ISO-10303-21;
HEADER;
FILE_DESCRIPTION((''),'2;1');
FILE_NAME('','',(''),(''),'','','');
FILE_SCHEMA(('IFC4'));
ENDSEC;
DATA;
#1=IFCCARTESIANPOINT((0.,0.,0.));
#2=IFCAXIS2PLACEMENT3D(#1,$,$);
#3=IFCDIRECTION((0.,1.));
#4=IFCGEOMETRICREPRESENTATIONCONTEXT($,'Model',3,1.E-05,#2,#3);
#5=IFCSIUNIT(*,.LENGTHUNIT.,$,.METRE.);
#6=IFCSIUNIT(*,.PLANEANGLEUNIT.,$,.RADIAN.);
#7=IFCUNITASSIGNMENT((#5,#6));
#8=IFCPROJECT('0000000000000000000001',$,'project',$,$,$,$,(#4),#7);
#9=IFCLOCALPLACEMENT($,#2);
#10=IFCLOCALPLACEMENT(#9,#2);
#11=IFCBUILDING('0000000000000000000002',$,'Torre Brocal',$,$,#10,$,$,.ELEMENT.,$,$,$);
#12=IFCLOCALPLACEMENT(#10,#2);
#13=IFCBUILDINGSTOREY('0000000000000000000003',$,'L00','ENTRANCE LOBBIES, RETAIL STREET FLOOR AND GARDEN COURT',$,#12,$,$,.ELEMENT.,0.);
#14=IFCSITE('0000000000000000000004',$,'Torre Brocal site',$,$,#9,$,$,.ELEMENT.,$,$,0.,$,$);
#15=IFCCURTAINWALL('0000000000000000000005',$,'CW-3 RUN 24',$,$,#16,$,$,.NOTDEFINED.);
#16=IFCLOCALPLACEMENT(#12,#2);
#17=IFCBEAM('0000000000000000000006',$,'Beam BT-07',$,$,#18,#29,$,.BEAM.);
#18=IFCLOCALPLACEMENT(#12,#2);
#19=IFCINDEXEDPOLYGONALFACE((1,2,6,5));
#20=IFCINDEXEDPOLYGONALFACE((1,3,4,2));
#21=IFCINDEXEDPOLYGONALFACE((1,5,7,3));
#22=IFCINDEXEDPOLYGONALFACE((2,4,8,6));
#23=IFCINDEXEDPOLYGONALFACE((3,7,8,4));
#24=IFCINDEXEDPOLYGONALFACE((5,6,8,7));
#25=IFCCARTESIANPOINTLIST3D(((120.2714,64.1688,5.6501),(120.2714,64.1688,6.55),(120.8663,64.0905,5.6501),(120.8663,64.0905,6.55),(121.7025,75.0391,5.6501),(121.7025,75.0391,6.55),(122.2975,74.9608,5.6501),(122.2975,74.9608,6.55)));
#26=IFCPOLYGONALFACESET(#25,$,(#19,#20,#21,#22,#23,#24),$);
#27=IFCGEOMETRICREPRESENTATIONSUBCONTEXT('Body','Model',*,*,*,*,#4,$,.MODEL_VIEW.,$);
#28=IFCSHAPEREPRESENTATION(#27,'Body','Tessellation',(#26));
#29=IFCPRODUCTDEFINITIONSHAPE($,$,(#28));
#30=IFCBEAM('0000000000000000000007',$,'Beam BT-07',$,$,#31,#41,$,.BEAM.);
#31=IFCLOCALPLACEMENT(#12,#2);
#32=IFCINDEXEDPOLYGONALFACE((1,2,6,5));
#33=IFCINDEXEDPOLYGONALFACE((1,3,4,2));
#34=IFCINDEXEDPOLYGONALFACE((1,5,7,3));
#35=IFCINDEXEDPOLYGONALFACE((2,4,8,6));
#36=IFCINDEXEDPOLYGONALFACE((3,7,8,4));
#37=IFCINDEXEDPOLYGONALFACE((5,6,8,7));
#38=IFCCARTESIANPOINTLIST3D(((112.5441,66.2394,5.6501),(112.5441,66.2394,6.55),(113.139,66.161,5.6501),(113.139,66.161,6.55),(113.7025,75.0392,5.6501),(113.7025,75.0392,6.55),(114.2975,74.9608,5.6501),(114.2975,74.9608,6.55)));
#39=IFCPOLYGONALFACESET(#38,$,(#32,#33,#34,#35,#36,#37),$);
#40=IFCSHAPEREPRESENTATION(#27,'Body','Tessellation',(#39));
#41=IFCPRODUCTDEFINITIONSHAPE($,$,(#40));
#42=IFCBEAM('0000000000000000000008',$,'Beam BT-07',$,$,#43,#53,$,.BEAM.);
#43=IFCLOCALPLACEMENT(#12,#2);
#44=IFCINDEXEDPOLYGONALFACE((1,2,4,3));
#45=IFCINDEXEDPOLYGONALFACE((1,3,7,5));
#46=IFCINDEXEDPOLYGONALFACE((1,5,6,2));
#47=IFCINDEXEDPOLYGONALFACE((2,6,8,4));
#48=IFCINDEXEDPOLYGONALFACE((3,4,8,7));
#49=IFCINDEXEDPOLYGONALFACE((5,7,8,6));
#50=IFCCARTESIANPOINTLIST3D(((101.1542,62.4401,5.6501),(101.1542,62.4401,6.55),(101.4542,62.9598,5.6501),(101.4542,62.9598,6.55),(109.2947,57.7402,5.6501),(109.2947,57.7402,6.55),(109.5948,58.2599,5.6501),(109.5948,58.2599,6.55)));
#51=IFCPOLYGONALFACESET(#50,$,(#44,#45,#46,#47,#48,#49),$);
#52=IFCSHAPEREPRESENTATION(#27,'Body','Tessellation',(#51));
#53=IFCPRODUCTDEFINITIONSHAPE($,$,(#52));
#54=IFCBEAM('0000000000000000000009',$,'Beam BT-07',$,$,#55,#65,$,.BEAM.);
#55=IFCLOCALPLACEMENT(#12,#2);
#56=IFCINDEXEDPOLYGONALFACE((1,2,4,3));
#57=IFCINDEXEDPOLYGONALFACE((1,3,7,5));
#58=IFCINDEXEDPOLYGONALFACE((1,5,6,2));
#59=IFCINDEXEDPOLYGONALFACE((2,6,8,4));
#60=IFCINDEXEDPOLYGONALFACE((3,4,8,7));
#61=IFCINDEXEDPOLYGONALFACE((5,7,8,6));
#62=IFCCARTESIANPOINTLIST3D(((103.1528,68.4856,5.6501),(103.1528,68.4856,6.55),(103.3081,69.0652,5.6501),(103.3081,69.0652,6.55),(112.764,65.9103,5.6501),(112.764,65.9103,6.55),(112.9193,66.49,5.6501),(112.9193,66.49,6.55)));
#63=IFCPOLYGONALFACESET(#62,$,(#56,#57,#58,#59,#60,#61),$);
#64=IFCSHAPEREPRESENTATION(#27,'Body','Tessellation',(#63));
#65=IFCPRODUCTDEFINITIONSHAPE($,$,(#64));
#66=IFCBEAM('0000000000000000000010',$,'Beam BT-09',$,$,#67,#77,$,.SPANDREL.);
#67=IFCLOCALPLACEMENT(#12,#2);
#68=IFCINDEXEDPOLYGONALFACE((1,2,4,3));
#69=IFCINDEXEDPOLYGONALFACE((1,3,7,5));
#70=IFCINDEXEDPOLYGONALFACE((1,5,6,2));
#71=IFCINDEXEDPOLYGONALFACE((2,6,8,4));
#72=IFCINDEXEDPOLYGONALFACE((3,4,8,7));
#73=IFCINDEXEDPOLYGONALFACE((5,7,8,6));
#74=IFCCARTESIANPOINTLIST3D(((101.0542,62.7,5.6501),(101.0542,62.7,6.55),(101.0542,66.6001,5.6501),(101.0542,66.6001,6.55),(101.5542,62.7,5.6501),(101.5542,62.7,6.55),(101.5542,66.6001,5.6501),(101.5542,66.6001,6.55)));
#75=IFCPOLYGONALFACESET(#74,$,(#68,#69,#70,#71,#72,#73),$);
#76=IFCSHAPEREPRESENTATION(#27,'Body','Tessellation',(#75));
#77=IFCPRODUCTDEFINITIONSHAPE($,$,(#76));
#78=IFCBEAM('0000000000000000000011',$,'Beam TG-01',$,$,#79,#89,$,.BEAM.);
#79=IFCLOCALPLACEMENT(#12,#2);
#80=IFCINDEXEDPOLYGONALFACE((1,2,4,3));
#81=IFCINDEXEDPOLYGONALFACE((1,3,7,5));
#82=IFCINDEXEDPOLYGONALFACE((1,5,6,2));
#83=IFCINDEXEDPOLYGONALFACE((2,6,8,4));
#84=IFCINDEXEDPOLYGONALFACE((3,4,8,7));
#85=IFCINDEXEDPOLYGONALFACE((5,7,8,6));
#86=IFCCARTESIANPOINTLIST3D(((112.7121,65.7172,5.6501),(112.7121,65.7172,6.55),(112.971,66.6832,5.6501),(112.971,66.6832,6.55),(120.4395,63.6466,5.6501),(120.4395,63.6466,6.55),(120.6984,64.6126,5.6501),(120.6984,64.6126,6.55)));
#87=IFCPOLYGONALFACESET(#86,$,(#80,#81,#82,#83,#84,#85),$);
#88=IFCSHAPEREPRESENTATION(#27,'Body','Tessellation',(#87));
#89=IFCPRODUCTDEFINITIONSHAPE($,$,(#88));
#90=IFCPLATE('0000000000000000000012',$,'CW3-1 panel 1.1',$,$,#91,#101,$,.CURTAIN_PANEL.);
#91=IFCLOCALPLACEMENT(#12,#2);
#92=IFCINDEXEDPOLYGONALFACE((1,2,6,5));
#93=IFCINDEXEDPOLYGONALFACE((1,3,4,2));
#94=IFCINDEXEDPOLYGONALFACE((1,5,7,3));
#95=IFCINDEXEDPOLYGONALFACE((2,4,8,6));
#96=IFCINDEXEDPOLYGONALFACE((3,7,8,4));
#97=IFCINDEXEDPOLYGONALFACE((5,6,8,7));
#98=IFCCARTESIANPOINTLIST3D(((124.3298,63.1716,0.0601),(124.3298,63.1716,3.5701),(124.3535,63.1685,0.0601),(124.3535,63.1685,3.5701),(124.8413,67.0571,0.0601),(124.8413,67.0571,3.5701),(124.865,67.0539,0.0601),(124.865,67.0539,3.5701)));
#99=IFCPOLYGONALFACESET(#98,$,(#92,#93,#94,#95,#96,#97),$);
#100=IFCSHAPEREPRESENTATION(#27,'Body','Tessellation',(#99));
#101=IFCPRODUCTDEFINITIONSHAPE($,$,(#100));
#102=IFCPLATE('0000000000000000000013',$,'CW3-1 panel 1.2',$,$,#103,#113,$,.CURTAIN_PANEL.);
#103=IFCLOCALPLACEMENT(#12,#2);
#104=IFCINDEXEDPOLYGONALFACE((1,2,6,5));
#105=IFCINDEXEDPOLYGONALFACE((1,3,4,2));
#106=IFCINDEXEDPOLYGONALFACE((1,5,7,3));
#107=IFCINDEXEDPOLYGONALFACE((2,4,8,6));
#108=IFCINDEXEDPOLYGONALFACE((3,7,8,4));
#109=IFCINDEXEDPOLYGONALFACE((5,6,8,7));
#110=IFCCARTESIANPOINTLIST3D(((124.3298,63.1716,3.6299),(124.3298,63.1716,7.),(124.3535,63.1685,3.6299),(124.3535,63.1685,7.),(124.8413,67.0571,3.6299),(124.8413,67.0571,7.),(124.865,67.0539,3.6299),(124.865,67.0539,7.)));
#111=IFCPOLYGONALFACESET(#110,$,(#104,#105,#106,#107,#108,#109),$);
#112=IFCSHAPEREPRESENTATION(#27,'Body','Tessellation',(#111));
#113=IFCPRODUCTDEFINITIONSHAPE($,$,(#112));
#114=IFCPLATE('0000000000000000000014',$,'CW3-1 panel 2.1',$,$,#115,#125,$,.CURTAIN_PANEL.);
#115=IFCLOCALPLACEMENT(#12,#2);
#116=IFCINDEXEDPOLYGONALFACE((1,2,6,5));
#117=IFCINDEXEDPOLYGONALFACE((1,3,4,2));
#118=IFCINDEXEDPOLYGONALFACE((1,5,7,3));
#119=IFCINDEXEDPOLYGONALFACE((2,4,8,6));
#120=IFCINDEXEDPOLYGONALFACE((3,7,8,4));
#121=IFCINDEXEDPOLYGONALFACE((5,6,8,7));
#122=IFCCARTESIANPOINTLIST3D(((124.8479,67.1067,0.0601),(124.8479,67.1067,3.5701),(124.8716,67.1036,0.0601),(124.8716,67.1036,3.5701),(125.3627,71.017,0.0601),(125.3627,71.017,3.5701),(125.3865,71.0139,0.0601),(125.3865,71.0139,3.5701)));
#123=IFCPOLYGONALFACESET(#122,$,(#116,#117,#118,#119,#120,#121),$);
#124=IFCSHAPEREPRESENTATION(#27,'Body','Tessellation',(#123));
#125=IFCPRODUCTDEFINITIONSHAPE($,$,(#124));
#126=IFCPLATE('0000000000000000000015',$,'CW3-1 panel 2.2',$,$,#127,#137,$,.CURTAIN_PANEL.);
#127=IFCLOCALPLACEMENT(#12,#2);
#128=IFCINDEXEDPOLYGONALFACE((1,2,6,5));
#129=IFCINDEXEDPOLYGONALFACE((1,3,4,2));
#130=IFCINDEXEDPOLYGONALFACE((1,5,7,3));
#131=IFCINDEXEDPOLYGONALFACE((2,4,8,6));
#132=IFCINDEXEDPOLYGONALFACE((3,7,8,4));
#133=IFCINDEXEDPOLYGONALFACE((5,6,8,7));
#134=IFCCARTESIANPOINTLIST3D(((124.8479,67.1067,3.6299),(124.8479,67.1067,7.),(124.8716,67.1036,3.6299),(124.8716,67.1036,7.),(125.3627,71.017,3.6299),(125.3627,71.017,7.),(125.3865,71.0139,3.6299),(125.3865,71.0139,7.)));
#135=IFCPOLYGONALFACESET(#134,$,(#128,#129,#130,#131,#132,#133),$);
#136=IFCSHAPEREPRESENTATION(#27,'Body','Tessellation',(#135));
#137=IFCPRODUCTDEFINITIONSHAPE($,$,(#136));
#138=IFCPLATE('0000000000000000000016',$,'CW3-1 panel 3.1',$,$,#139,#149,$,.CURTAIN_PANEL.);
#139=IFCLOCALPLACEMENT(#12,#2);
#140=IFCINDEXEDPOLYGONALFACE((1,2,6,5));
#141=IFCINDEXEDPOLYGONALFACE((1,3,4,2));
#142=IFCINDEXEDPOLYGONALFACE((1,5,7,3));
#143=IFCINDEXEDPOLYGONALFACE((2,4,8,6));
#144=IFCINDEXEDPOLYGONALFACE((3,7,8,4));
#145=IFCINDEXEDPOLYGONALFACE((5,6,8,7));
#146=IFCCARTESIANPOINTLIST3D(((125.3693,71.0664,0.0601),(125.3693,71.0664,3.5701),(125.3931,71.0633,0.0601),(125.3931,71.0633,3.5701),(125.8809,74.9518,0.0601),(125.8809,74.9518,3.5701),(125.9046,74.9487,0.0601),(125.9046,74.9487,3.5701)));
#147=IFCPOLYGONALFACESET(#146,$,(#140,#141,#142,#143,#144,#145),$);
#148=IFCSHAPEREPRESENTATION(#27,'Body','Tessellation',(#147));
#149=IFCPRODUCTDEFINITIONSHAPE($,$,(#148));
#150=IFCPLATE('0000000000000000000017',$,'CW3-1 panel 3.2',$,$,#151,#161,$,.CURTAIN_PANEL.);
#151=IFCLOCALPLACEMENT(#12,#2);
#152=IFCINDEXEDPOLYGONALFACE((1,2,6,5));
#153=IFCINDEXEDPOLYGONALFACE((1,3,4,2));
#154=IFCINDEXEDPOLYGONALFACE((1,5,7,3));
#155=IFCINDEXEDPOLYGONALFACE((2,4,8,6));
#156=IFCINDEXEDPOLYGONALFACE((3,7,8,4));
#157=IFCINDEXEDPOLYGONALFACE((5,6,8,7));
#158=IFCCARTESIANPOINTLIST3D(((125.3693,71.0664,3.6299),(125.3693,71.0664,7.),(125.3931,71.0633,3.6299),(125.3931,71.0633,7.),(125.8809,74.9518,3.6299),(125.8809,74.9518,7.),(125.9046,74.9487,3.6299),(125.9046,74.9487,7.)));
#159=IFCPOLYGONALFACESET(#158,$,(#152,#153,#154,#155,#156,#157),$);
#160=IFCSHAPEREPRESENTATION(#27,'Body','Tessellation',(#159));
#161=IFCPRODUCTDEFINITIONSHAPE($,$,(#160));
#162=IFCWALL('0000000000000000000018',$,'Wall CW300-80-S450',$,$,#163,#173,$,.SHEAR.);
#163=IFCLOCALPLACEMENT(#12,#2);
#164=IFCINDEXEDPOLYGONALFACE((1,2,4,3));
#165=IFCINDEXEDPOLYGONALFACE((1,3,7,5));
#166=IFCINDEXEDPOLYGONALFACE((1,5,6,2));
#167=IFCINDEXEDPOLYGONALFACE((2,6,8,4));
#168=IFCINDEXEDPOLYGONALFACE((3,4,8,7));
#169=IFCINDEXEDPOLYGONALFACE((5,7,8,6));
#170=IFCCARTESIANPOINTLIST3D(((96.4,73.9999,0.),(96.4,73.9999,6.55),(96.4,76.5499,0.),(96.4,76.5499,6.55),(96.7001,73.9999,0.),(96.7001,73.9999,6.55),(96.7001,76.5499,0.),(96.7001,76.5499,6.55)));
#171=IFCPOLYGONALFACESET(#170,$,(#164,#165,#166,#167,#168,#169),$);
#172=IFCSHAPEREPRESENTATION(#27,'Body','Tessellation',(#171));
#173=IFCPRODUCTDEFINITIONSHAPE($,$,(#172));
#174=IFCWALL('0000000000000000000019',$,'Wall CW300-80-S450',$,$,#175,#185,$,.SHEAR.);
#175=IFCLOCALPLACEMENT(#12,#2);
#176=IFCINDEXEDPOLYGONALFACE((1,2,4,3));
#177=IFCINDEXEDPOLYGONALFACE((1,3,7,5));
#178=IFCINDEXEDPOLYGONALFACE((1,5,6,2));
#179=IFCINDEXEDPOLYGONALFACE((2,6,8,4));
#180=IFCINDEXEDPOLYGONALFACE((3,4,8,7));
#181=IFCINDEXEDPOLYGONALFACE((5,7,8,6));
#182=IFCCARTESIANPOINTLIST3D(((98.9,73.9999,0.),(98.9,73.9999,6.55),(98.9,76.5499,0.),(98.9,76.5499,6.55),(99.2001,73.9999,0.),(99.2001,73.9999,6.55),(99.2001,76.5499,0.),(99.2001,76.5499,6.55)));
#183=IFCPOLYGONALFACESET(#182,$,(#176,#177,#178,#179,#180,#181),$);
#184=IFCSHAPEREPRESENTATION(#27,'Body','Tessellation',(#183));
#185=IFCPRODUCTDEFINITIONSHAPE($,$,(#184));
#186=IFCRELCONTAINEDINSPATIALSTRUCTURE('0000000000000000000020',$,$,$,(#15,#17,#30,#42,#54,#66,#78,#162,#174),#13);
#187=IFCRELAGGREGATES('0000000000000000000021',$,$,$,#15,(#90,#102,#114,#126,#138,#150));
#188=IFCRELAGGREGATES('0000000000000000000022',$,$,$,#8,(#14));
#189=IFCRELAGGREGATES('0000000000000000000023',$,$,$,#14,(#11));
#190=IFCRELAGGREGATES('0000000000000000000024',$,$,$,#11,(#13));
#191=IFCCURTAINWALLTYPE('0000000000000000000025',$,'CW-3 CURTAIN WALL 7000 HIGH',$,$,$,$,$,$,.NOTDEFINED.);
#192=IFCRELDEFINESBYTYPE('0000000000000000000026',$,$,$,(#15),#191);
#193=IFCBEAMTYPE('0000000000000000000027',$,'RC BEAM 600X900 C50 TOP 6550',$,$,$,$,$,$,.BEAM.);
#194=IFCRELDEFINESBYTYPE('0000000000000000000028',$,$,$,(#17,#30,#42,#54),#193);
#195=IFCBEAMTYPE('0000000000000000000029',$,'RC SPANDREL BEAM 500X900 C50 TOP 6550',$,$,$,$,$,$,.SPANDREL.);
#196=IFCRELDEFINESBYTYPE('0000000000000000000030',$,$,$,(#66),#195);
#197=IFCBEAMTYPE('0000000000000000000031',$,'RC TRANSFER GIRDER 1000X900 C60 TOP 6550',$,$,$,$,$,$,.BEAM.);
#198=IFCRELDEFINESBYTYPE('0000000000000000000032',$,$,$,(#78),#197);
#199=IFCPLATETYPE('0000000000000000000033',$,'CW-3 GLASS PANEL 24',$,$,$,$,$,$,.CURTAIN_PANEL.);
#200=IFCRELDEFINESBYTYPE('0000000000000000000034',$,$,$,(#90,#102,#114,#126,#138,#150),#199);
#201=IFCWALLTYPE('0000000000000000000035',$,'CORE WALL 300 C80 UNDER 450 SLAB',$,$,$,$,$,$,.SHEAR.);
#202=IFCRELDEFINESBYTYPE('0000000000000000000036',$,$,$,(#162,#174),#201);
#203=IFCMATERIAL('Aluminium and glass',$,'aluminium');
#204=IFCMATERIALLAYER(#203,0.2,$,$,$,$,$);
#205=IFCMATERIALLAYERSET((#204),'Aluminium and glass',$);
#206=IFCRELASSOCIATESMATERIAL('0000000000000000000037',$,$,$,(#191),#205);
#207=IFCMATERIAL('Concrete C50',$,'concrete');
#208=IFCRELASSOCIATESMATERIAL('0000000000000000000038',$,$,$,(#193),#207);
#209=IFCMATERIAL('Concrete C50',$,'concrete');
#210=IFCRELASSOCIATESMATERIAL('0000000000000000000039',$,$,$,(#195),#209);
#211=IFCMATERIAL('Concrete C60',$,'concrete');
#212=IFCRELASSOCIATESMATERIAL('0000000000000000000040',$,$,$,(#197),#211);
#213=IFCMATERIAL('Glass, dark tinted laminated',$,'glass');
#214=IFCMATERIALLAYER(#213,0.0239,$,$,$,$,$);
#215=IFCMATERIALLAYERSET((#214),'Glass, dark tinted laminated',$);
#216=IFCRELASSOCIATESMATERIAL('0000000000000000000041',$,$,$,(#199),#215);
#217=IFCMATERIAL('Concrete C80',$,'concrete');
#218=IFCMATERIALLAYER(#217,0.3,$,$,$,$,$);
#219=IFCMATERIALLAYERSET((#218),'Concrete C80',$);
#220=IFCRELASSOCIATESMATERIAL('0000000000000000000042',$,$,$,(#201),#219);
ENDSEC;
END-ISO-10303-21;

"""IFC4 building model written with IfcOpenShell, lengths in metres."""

from ifc_helpers import new_model, si_unit, direction, frame, frame_2d, origin, origin_2d, place, context, subcontext, project, spatial, rectangle, extrude, material, layer, layer_set, material_profile, profile_set, type_object, element, aggregate, save


model = new_model("IFC4")

# Units and contexts
model_context = context("Model", 3, precision=1e-05, world=origin(), true_north=direction((0.0, 1.0)))
body_context = subcontext(model_context, "Body", "Model", "MODEL_VIEW")
ifc_project = project(units=[si_unit("LENGTHUNIT", "METRE"), si_unit("PLANEANGLEUNIT", "RADIAN")], contexts=[model_context])

# Site, building, storey
site_placement = place(None, origin())
site = spatial("IfcSite", under=ifc_project, at=site_placement, Name="Torre Brocal site", CompositionType="ELEMENT", RefElevation=0.0)
building_placement = place(site_placement, origin())
building = spatial("IfcBuilding", under=site, at=building_placement, Name="Torre Brocal", CompositionType="ELEMENT")
storey_placement = place(building_placement, origin())
storey = spatial("IfcBuildingStorey", under=building, at=storey_placement, Name="L00", Description="ENTRANCE LOBBIES, RETAIL STREET FLOOR AND GARDEN COURT", CompositionType="ELEMENT", Elevation=0.0)

# Shared definitions
ifc_material_1 = material(Name="Aluminium and glass", Category="aluminium")
ifc_layer_1 = layer(ifc_material_1, 0.2)
ifc_layer_set_1 = layer_set([ifc_layer_1], Name="Aluminium and glass")
curtain_wall_type = type_object("IfcCurtainWallType", Name="CW-3 CURTAIN WALL 7000 HIGH", PredefinedType="NOTDEFINED", material=ifc_layer_set_1)

# Curtain wall
curtain_wall_1_placement = place(storey_placement, origin())
curtain_wall_1 = element("IfcCurtainWall", 1, at=curtain_wall_1_placement, inside=storey, type_object=curtain_wall_type, Name="CW-3 RUN 24", PredefinedType="NOTDEFINED")

# Beams
ifc_material_2 = material(Name="Concrete C50", Category="concrete")
ifc_material_profile_1 = material_profile(ifc_material_2, rectangle(XDim=0.6001, YDim=0.8999, at=origin_2d()), Name="RC 600X900")
ifc_profile_set_1 = profile_set([ifc_material_profile_1], Name="Concrete C50")
beam_type_1 = type_object("IfcBeamType", Name="RC BEAM 600X900 C50 TOP 6550", PredefinedType="BEAM", material=ifc_profile_set_1)
beam_1_placement = place(storey_placement, frame((120.5688, 64.1296, 6.1001), z_axis=(0.13053, 0.991444, 0.0), x_axis=(-0.991444, 0.13053, 0.0)))
element("IfcBeam", 2, at=beam_1_placement, inside=storey, type_object=beam_type_1, Name="Beam BT-07", PredefinedType="BEAM", context=body_context, shape_type="SweptSolid", body=[
    extrude(rectangle(XDim=0.6001, YDim=0.8999, at=origin_2d()), origin(), (0.0, 0.0, 1.0), 10.9641),
])
beam_2_placement = place(storey_placement, frame((112.8416, 66.2002, 6.1001), z_axis=(0.130519, 0.991446, 0.0), x_axis=(-0.991446, 0.130519, 0.0)))
element("IfcBeam", 3, at=beam_2_placement, inside=storey, type_object=beam_type_1, Name="Beam BT-07", PredefinedType="BEAM", context=body_context, shape_type="SweptSolid", body=[
    extrude(rectangle(XDim=0.6001, YDim=0.8999, at=origin_2d()), origin(), (0.0, 0.0, 1.0), 8.8757),
])
beam_3_placement = place(storey_placement, frame((101.3042, 62.7, 6.1001), z_axis=(0.866027, -0.499997, 0.0), x_axis=(0.499997, 0.866027, 0.0)))
element("IfcBeam", 4, at=beam_3_placement, inside=storey, type_object=beam_type_1, Name="Beam BT-07", PredefinedType="BEAM", context=body_context, shape_type="SweptSolid", body=[
    extrude(rectangle(XDim=0.6001, YDim=0.8999, at=origin_2d()), origin(), (0.0, 0.0, 1.0), 9.3999),
])
beam_4_placement = place(storey_placement, frame((103.2305, 68.7754, 6.1001), z_axis=(0.965928, -0.258811, 0.0), x_axis=(0.258811, 0.965928, 0.0)))
element("IfcBeam", 5, at=beam_4_placement, inside=storey, type_object=beam_type_1, Name="Beam BT-07", PredefinedType="BEAM", context=body_context, shape_type="SweptSolid", body=[
    extrude(rectangle(XDim=0.6001, YDim=0.8999, at=origin_2d()), origin(), (0.0, 0.0, 1.0), 9.9502),
])
ifc_material_3 = material(Name="Concrete C50", Category="concrete")
ifc_material_profile_2 = material_profile(ifc_material_3, rectangle(XDim=0.5, YDim=0.8999, at=origin_2d()), Name="RC 500X900")
ifc_profile_set_2 = profile_set([ifc_material_profile_2], Name="Concrete C50")
beam_type_2 = type_object("IfcBeamType", Name="RC SPANDREL BEAM 500X900 C50 TOP 6550", PredefinedType="SPANDREL", material=ifc_profile_set_2)
beam_5_placement = place(storey_placement, frame((101.3042, 62.7, 6.1001), z_axis=(0.0, 1.0, 0.0), x_axis=(-1.0, 0.0, 0.0)))
element("IfcBeam", 6, at=beam_5_placement, inside=storey, type_object=beam_type_2, Name="Beam BT-09", PredefinedType="SPANDREL", context=body_context, shape_type="SweptSolid", body=[
    extrude(rectangle(XDim=0.5, YDim=0.8999, at=origin_2d()), origin(), (0.0, 0.0, 1.0), 3.9001),
])
ifc_material_4 = material(Name="Concrete C60", Category="concrete")
ifc_material_profile_3 = material_profile(ifc_material_4, rectangle(XDim=1.0, YDim=0.8999, at=origin_2d()), Name="RC 1000X900")
ifc_profile_set_3 = profile_set([ifc_material_profile_3], Name="Concrete C60")
beam_type_3 = type_object("IfcBeamType", Name="RC TRANSFER GIRDER 1000X900 C60 TOP 6550", PredefinedType="BEAM", material=ifc_profile_set_3)
beam_6_placement = place(storey_placement, frame((112.8416, 66.2002, 6.1001), z_axis=(0.965925, -0.258823, 0.0), x_axis=(0.258823, 0.965925, 0.0)))
element("IfcBeam", 7, at=beam_6_placement, inside=storey, type_object=beam_type_3, Name="Beam TG-01", PredefinedType="BEAM", context=body_context, shape_type="SweptSolid", body=[
    extrude(rectangle(XDim=1.0, YDim=0.8999, at=origin_2d()), origin(), (0.0, 0.0, 1.0), 8.0),
])

# Plates
ifc_material_5 = material(Name="Glass, dark tinted laminated", Category="glass")
ifc_layer_2 = layer(ifc_material_5, 0.0239)
ifc_layer_set_2 = layer_set([ifc_layer_2], Name="Glass, dark tinted laminated")
plate_type = type_object("IfcPlateType", Name="CW-3 GLASS PANEL 24", PredefinedType="CURTAIN_PANEL", material=ifc_layer_set_2)
plate_1_placement = place(storey_placement, frame((124.5974, 65.1128, 0.0601), z_axis=(0.0, 0.0, 1.0), x_axis=(0.130526, 0.991445, 0.0)))
plate_1 = element("IfcPlate", 8, at=plate_1_placement, type_object=plate_type, Name="CW3-1 panel 1.1", PredefinedType="CURTAIN_PANEL", context=body_context, shape_type="SweptSolid", body=[
    extrude(rectangle(XDim=3.9189, YDim=0.0239, at=origin_2d()), origin(), (0.0, 0.0, 1.0), 3.51),
])
plate_2_placement = place(storey_placement, frame((124.5974, 65.1128, 3.6299), z_axis=(0.0, 0.0, 1.0), x_axis=(0.130526, 0.991445, 0.0)))
plate_2 = element("IfcPlate", 9, at=plate_2_placement, type_object=plate_type, Name="CW3-1 panel 1.2", PredefinedType="CURTAIN_PANEL", context=body_context, shape_type="SweptSolid", body=[
    extrude(rectangle(XDim=3.9189, YDim=0.0239, at=origin_2d()), origin(), (0.0, 0.0, 1.0), 3.3701),
])
plate_3_placement = place(storey_placement, frame((125.1172, 69.0603, 0.0601), z_axis=(0.0, 0.0, 1.0), x_axis=(0.130526, 0.991445, 0.0)))
plate_3 = element("IfcPlate", 10, at=plate_3_placement, type_object=plate_type, Name="CW3-1 panel 2.1", PredefinedType="CURTAIN_PANEL", context=body_context, shape_type="SweptSolid", body=[
    extrude(rectangle(XDim=3.9441, YDim=0.0239, at=origin_2d()), origin(), (0.0, 0.0, 1.0), 3.51),
])
plate_4_placement = place(storey_placement, frame((125.1172, 69.0603, 3.6299), z_axis=(0.0, 0.0, 1.0), x_axis=(0.130526, 0.991445, 0.0)))
plate_4 = element("IfcPlate", 11, at=plate_4_placement, type_object=plate_type, Name="CW3-1 panel 2.2", PredefinedType="CURTAIN_PANEL", context=body_context, shape_type="SweptSolid", body=[
    extrude(rectangle(XDim=3.9441, YDim=0.0239, at=origin_2d()), origin(), (0.0, 0.0, 1.0), 3.3701),
])
plate_5_placement = place(storey_placement, frame((125.637, 73.0076, 0.0601), z_axis=(0.0, 0.0, 1.0), x_axis=(0.130526, 0.991445, 0.0)))
plate_5 = element("IfcPlate", 12, at=plate_5_placement, type_object=plate_type, Name="CW3-1 panel 3.1", PredefinedType="CURTAIN_PANEL", context=body_context, shape_type="SweptSolid", body=[
    extrude(rectangle(XDim=3.9189, YDim=0.0239, at=origin_2d()), origin(), (0.0, 0.0, 1.0), 3.51),
])
plate_6_placement = place(storey_placement, frame((125.637, 73.0076, 3.6299), z_axis=(0.0, 0.0, 1.0), x_axis=(0.130526, 0.991445, 0.0)))
plate_6 = element("IfcPlate", 13, at=plate_6_placement, type_object=plate_type, Name="CW3-1 panel 3.2", PredefinedType="CURTAIN_PANEL", context=body_context, shape_type="SweptSolid", body=[
    extrude(rectangle(XDim=3.9189, YDim=0.0239, at=origin_2d()), origin(), (0.0, 0.0, 1.0), 3.3701),
])
aggregate(curtain_wall_1, [plate_1, plate_2, plate_3, plate_4, plate_5, plate_6])

# Walls
ifc_material_6 = material(Name="Concrete C80", Category="concrete")
ifc_layer_3 = layer(ifc_material_6, 0.3)
ifc_layer_set_3 = layer_set([ifc_layer_3], Name="Concrete C80")
wall_type_1 = type_object("IfcWallType", Name="CORE WALL 300 C80 UNDER 450 SLAB", PredefinedType="SHEAR", material=ifc_layer_set_3)
for number, where, z_axis, x_axis, name in (
    (14, (96.55, 74.0, 0.0), (0.0, 0.0, 1.0), (0.0, 1.0, 0.0), "Wall CW300-80-S450"),
    (15, (99.05, 74.0, 0.0), (0.0, 0.0, 1.0), (0.0, 1.0, 0.0), "Wall CW300-80-S450"),
):
    element("IfcWall", number, at=place(storey_placement, frame(where, z_axis=z_axis, x_axis=x_axis)), inside=storey, type_object=wall_type_1, Name=name, PredefinedType="SHEAR", context=body_context, shape_type="SweptSolid", body=[
        extrude(rectangle(XDim=2.55, YDim=0.3, at=frame_2d((1.2749, 0.0))), origin(), (0.0, 0.0, 1.0), 6.55),
    ])

save(model, "model.ifc")
